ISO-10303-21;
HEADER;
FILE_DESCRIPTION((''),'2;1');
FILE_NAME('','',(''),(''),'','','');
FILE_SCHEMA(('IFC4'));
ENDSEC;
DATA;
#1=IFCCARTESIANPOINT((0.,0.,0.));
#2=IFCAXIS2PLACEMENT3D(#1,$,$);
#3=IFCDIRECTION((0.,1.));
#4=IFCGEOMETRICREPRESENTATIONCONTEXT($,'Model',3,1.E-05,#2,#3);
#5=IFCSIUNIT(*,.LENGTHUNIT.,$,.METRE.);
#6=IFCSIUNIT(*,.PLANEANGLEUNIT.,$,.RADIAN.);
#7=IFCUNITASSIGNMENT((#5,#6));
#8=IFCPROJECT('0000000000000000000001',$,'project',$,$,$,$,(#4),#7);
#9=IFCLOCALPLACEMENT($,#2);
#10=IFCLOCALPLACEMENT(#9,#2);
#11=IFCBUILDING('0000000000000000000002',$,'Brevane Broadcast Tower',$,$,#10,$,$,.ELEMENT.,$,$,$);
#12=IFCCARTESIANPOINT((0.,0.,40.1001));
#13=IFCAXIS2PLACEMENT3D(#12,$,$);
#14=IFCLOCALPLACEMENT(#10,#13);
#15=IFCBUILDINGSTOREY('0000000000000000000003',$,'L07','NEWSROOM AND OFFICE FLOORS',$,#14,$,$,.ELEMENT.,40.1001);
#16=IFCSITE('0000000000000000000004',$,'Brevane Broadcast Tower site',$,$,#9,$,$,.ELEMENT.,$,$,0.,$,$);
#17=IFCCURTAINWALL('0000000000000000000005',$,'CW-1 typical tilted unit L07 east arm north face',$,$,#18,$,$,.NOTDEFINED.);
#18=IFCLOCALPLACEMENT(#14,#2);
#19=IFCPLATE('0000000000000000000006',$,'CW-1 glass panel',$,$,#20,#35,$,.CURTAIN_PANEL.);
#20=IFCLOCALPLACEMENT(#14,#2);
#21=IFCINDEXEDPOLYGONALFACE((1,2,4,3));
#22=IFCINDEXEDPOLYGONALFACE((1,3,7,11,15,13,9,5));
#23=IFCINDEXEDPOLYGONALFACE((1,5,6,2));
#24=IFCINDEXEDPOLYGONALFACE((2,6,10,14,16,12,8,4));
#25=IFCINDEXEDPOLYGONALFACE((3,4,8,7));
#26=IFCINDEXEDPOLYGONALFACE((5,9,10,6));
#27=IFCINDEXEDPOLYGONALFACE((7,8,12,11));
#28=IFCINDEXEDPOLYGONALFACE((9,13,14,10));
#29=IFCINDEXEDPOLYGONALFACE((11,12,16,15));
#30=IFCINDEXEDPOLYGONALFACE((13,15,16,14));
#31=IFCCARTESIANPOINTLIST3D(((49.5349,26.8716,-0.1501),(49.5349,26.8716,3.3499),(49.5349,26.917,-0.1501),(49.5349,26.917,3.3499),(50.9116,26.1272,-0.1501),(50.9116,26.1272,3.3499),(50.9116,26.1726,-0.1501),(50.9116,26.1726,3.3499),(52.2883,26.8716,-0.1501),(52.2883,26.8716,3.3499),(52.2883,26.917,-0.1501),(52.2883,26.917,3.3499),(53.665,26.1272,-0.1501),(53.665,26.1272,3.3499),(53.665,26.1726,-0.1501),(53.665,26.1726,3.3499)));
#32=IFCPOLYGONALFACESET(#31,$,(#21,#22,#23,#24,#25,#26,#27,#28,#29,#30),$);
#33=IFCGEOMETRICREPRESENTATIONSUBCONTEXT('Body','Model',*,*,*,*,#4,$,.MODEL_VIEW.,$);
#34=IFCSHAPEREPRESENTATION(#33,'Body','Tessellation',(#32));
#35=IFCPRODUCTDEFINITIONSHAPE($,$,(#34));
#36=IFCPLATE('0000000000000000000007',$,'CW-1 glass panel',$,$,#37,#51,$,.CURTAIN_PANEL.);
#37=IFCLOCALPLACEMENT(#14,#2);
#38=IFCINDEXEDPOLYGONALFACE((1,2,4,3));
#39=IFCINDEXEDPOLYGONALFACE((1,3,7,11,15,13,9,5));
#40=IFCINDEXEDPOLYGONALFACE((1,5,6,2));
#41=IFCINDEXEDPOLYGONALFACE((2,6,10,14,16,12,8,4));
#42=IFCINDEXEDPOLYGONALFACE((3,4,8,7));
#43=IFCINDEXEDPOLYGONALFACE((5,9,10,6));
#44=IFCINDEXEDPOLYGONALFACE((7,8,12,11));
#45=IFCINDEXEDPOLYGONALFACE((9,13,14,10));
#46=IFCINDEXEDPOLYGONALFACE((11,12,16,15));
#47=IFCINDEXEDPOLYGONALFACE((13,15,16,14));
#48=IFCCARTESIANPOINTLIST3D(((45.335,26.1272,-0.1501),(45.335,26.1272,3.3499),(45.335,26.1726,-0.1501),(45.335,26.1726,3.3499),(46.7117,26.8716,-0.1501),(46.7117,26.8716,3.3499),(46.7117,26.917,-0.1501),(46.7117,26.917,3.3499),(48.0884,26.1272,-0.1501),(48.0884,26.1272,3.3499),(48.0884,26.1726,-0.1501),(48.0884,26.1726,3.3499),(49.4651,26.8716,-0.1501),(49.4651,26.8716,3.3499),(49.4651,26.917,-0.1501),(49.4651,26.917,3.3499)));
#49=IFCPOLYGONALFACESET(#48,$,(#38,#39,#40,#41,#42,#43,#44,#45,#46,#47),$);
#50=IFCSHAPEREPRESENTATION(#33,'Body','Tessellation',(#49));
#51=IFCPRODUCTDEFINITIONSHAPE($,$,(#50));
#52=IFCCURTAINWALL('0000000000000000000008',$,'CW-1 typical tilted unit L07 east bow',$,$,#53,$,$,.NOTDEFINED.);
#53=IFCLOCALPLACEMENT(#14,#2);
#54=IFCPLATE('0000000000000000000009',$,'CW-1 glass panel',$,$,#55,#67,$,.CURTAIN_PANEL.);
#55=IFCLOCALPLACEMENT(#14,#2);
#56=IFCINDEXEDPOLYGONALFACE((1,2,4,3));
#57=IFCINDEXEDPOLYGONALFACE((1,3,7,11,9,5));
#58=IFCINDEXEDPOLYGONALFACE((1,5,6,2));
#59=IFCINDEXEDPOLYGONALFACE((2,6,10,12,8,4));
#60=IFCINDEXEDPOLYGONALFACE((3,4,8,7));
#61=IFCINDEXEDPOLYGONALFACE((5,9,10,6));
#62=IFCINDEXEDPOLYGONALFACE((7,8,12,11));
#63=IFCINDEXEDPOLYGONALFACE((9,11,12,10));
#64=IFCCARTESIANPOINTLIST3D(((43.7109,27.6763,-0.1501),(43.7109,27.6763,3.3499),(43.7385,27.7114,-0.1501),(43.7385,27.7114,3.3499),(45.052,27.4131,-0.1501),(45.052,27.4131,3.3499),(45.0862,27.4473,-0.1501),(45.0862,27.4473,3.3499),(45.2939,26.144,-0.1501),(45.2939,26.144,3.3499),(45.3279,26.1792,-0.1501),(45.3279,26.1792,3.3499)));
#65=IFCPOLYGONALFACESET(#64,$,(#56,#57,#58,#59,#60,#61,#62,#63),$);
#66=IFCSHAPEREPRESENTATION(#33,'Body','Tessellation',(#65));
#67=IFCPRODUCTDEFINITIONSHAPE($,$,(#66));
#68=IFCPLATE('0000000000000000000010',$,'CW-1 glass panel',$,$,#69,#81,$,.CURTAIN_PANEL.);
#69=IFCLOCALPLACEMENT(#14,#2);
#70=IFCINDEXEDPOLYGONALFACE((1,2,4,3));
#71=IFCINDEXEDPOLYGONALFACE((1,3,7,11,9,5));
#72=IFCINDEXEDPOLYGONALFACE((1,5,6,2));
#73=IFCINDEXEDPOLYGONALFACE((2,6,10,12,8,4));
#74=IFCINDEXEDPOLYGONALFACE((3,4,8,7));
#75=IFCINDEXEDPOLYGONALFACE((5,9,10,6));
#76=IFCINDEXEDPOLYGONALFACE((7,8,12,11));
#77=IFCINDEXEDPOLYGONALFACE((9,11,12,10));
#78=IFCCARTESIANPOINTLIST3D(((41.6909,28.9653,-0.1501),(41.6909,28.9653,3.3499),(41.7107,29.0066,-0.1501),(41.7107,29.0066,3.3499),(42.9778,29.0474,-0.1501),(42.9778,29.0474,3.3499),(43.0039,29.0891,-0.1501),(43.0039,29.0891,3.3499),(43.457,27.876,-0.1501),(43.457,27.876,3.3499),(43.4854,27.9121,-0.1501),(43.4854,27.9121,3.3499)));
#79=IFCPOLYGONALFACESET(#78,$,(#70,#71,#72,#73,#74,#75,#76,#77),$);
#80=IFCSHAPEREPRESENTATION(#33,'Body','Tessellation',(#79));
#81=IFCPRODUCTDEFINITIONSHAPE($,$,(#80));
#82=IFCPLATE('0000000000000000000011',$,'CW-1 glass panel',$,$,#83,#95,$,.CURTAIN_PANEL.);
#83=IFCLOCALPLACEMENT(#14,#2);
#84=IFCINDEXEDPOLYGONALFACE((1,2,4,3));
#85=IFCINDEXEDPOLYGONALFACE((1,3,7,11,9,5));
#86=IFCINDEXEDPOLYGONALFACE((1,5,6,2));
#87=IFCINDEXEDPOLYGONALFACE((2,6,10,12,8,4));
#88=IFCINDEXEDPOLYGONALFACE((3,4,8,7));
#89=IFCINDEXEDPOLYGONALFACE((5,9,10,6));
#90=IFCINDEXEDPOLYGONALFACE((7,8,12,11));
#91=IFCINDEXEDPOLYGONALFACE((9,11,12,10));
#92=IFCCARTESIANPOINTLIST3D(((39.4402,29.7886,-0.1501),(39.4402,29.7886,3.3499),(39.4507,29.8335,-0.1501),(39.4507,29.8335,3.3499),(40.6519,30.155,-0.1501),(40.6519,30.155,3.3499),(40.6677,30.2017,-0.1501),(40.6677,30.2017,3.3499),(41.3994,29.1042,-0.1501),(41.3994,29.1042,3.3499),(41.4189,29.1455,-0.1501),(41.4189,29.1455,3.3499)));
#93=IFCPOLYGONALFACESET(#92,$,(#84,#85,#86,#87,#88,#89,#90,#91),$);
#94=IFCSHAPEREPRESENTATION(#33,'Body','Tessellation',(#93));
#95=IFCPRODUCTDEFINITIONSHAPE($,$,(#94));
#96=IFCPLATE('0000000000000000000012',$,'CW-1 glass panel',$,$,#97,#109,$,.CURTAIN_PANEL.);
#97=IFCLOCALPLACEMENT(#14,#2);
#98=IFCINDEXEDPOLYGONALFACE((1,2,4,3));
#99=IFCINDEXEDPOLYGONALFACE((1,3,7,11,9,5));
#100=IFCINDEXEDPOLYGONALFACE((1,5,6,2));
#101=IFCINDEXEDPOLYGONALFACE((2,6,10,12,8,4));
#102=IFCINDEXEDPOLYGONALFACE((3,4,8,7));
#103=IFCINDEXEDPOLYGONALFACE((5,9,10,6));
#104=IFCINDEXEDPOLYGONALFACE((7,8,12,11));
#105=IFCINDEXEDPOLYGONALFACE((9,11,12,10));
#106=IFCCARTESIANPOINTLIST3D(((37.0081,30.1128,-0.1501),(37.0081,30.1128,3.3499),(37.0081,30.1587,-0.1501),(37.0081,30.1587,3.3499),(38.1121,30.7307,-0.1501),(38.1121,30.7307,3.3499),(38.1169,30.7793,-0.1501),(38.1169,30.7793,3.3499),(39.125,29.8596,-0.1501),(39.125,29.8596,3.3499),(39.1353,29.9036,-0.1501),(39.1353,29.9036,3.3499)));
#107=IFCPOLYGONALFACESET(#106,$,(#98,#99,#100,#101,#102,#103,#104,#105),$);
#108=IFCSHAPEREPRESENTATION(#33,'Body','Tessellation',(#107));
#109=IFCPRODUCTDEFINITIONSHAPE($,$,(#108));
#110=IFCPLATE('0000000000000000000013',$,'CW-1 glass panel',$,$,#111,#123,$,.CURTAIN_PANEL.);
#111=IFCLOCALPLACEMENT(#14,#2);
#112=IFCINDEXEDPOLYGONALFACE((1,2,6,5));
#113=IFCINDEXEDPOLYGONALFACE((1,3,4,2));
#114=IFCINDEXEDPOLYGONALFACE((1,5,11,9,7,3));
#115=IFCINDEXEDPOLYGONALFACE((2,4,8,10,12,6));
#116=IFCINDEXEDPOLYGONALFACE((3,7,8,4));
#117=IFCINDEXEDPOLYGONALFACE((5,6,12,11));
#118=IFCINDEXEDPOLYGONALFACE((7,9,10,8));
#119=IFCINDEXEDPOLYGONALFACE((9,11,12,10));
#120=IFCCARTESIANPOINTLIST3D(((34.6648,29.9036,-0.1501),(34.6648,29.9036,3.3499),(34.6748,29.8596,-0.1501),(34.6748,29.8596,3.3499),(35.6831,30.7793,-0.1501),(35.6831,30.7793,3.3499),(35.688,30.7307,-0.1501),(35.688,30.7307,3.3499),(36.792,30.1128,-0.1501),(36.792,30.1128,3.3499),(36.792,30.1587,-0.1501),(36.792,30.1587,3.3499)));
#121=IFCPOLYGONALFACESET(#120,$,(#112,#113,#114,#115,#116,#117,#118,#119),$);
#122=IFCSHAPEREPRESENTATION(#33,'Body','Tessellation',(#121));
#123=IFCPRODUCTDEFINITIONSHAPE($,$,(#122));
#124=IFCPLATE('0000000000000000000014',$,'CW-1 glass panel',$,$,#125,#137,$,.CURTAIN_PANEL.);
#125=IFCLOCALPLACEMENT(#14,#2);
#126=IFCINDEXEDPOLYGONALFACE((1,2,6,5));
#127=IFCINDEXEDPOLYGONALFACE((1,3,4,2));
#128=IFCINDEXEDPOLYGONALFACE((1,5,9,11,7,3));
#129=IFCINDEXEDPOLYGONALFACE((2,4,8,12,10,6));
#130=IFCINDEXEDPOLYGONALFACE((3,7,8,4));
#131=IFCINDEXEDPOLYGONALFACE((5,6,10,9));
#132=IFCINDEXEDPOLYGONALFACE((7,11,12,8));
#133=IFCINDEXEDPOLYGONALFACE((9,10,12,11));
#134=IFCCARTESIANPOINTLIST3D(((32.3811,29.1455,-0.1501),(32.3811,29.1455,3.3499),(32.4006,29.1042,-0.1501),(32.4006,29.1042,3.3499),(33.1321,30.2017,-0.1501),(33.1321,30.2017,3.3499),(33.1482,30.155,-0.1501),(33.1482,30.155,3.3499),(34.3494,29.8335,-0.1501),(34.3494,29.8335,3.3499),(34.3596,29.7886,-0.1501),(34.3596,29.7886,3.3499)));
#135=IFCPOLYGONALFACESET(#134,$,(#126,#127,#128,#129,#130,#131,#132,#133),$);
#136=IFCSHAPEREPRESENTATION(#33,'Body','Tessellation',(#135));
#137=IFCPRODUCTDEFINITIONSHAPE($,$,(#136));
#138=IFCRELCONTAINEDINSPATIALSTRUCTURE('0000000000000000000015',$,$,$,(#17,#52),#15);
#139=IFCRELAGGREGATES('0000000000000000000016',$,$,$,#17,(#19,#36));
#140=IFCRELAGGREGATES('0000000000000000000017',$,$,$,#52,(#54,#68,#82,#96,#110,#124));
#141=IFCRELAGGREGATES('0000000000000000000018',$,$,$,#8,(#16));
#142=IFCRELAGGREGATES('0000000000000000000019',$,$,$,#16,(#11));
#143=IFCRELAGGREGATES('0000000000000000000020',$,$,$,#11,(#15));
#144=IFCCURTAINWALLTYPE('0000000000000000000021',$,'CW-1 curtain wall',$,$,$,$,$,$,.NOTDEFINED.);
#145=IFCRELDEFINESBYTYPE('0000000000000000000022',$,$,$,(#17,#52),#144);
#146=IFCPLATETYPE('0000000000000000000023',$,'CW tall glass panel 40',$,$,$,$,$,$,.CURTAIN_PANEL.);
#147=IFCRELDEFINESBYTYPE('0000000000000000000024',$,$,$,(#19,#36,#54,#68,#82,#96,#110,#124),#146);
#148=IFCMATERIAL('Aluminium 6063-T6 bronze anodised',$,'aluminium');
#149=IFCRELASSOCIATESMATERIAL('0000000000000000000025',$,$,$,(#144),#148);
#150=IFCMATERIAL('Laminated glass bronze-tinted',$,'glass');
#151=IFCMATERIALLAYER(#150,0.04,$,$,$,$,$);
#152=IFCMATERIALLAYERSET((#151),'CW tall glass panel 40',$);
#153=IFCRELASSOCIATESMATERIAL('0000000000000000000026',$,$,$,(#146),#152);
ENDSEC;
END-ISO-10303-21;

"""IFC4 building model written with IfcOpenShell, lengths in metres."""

from ifc_helpers import new_model, si_unit, direction, frame, origin, place, context, subcontext, project, spatial, polyline, outline, extrude, material, layer, layer_set, type_object, element, aggregate, save


model = new_model("IFC4")

# Units and contexts
model_context = context("Model", 3, precision=1e-05, world=origin(), true_north=direction((0.0, 1.0)))
body_context = subcontext(model_context, "Body", "Model", "MODEL_VIEW")
ifc_project = project(units=[si_unit("LENGTHUNIT", "METRE"), si_unit("PLANEANGLEUNIT", "RADIAN")], contexts=[model_context])

# Site, building, storey
site_placement = place(None, origin())
site = spatial("IfcSite", under=ifc_project, at=site_placement, Name="Brevane Broadcast Tower site", CompositionType="ELEMENT", RefElevation=0.0)
building_placement = place(site_placement, origin())
building = spatial("IfcBuilding", under=site, at=building_placement, Name="Brevane Broadcast Tower", CompositionType="ELEMENT")
storey_placement = place(building_placement, frame((0.0, 0.0, 40.1001)))
storey = spatial("IfcBuildingStorey", under=building, at=storey_placement, Name="L07", Description="NEWSROOM AND OFFICE FLOORS", CompositionType="ELEMENT", Elevation=40.1001)

# Curtain walls, plates
ifc_material_1 = material(Name="Aluminium 6063-T6 bronze anodised", Category="aluminium")
curtain_wall_type = type_object("IfcCurtainWallType", Name="CW-1 curtain wall", PredefinedType="NOTDEFINED", material=ifc_material_1)
ifc_material_2 = material(Name="Laminated glass bronze-tinted", Category="glass")
ifc_layer = layer(ifc_material_2, 0.04)
ifc_layer_set = layer_set([ifc_layer], Name="CW tall glass panel 40")
plate_type = type_object("IfcPlateType", Name="CW tall glass panel 40", PredefinedType="CURTAIN_PANEL", material=ifc_layer_set)
curtain_wall_1_placement = place(storey_placement, origin())
curtain_wall_1 = element("IfcCurtainWall", 1, at=curtain_wall_1_placement, inside=storey, type_object=curtain_wall_type, Name="CW-1 typical tilted unit L07 east arm north face", PredefinedType="NOTDEFINED")
plate_1_placement = place(storey_placement, frame((0.0, 0.0, -0.1501)))
plate_1 = element("IfcPlate", 2, at=plate_1_placement, type_object=plate_type, Name="CW-1 glass panel", PredefinedType="CURTAIN_PANEL", context=body_context, shape_type="SweptSolid", body=[
    extrude(outline(polyline([(53.665, 26.1272), (53.665, 26.1726), (52.2883, 26.917), (50.9116, 26.1726), (49.5349, 26.917), (49.5349, 26.8716), (50.9116, 26.1272), (52.2883, 26.8716), (53.665, 26.1272)])), origin(), (0.0, 0.0, 1.0), 3.5),
])
plate_2_placement = place(storey_placement, frame((0.0, 0.0, -0.1501)))
plate_2 = element("IfcPlate", 3, at=plate_2_placement, type_object=plate_type, Name="CW-1 glass panel", PredefinedType="CURTAIN_PANEL", context=body_context, shape_type="SweptSolid", body=[
    extrude(outline(polyline([(49.4651, 26.8716), (49.4651, 26.917), (48.0884, 26.1726), (46.7117, 26.917), (45.335, 26.1726), (45.335, 26.1272), (46.7117, 26.8716), (48.0884, 26.1272), (49.4651, 26.8716)])), origin(), (0.0, 0.0, 1.0), 3.5),
])
aggregate(curtain_wall_1, [plate_1, plate_2])
curtain_wall_2_placement = place(storey_placement, origin())
curtain_wall_2 = element("IfcCurtainWall", 4, at=curtain_wall_2_placement, inside=storey, type_object=curtain_wall_type, Name="CW-1 typical tilted unit L07 east bow", PredefinedType="NOTDEFINED")
plate_3_placement = place(storey_placement, frame((0.0, 0.0, -0.1501)))
plate_3 = element("IfcPlate", 5, at=plate_3_placement, type_object=plate_type, Name="CW-1 glass panel", PredefinedType="CURTAIN_PANEL", context=body_context, shape_type="SweptSolid", body=[
    extrude(outline(polyline([(45.2939, 26.144), (45.3279, 26.1792), (45.0862, 27.4473), (43.7385, 27.7114), (43.7109, 27.6763), (45.052, 27.4131), (45.2939, 26.144)])), origin(), (0.0, 0.0, 1.0), 3.5),
])
plate_4_placement = place(storey_placement, frame((0.0, 0.0, -0.1501)))
plate_4 = element("IfcPlate", 6, at=plate_4_placement, type_object=plate_type, Name="CW-1 glass panel", PredefinedType="CURTAIN_PANEL", context=body_context, shape_type="SweptSolid", body=[
    extrude(outline(polyline([(43.457, 27.876), (43.4854, 27.9121), (43.0039, 29.0891), (41.7107, 29.0066), (41.6909, 28.9653), (42.9778, 29.0474), (43.457, 27.876)])), origin(), (0.0, 0.0, 1.0), 3.5),
])
plate_5_placement = place(storey_placement, frame((0.0, 0.0, -0.1501)))
plate_5 = element("IfcPlate", 7, at=plate_5_placement, type_object=plate_type, Name="CW-1 glass panel", PredefinedType="CURTAIN_PANEL", context=body_context, shape_type="SweptSolid", body=[
    extrude(outline(polyline([(41.3994, 29.1042), (41.4189, 29.1455), (40.6677, 30.2017), (39.4507, 29.8335), (39.4402, 29.7886), (40.6519, 30.155), (41.3994, 29.1042)])), origin(), (0.0, 0.0, 1.0), 3.5),
])
plate_6_placement = place(storey_placement, frame((0.0, 0.0, -0.1501)))
plate_6 = element("IfcPlate", 8, at=plate_6_placement, type_object=plate_type, Name="CW-1 glass panel", PredefinedType="CURTAIN_PANEL", context=body_context, shape_type="SweptSolid", body=[
    extrude(outline(polyline([(39.125, 29.8596), (39.1353, 29.9036), (38.1169, 30.7793), (37.0081, 30.1587), (37.0081, 30.1128), (38.1121, 30.7307), (39.125, 29.8596)])), origin(), (0.0, 0.0, 1.0), 3.5),
])
plate_7_placement = place(storey_placement, frame((0.0, 0.0, -0.1501)))
plate_7 = element("IfcPlate", 9, at=plate_7_placement, type_object=plate_type, Name="CW-1 glass panel", PredefinedType="CURTAIN_PANEL", context=body_context, shape_type="SweptSolid", body=[
    extrude(outline(polyline([(36.792, 30.1128), (36.792, 30.1587), (35.6831, 30.7793), (34.6648, 29.9036), (34.6748, 29.8596), (35.688, 30.7307), (36.792, 30.1128)])), origin(), (0.0, 0.0, 1.0), 3.5),
])
plate_8_placement = place(storey_placement, frame((0.0, 0.0, -0.1501)))
plate_8 = element("IfcPlate", 10, at=plate_8_placement, type_object=plate_type, Name="CW-1 glass panel", PredefinedType="CURTAIN_PANEL", context=body_context, shape_type="SweptSolid", body=[
    extrude(outline(polyline([(34.3596, 29.7886), (34.3494, 29.8335), (33.1321, 30.2017), (32.3811, 29.1455), (32.4006, 29.1042), (33.1482, 30.155), (34.3596, 29.7886)])), origin(), (0.0, 0.0, 1.0), 3.5),
])
aggregate(curtain_wall_2, [plate_3, plate_4, plate_5, plate_6, plate_7, plate_8])

save(model, "model.ifc")
